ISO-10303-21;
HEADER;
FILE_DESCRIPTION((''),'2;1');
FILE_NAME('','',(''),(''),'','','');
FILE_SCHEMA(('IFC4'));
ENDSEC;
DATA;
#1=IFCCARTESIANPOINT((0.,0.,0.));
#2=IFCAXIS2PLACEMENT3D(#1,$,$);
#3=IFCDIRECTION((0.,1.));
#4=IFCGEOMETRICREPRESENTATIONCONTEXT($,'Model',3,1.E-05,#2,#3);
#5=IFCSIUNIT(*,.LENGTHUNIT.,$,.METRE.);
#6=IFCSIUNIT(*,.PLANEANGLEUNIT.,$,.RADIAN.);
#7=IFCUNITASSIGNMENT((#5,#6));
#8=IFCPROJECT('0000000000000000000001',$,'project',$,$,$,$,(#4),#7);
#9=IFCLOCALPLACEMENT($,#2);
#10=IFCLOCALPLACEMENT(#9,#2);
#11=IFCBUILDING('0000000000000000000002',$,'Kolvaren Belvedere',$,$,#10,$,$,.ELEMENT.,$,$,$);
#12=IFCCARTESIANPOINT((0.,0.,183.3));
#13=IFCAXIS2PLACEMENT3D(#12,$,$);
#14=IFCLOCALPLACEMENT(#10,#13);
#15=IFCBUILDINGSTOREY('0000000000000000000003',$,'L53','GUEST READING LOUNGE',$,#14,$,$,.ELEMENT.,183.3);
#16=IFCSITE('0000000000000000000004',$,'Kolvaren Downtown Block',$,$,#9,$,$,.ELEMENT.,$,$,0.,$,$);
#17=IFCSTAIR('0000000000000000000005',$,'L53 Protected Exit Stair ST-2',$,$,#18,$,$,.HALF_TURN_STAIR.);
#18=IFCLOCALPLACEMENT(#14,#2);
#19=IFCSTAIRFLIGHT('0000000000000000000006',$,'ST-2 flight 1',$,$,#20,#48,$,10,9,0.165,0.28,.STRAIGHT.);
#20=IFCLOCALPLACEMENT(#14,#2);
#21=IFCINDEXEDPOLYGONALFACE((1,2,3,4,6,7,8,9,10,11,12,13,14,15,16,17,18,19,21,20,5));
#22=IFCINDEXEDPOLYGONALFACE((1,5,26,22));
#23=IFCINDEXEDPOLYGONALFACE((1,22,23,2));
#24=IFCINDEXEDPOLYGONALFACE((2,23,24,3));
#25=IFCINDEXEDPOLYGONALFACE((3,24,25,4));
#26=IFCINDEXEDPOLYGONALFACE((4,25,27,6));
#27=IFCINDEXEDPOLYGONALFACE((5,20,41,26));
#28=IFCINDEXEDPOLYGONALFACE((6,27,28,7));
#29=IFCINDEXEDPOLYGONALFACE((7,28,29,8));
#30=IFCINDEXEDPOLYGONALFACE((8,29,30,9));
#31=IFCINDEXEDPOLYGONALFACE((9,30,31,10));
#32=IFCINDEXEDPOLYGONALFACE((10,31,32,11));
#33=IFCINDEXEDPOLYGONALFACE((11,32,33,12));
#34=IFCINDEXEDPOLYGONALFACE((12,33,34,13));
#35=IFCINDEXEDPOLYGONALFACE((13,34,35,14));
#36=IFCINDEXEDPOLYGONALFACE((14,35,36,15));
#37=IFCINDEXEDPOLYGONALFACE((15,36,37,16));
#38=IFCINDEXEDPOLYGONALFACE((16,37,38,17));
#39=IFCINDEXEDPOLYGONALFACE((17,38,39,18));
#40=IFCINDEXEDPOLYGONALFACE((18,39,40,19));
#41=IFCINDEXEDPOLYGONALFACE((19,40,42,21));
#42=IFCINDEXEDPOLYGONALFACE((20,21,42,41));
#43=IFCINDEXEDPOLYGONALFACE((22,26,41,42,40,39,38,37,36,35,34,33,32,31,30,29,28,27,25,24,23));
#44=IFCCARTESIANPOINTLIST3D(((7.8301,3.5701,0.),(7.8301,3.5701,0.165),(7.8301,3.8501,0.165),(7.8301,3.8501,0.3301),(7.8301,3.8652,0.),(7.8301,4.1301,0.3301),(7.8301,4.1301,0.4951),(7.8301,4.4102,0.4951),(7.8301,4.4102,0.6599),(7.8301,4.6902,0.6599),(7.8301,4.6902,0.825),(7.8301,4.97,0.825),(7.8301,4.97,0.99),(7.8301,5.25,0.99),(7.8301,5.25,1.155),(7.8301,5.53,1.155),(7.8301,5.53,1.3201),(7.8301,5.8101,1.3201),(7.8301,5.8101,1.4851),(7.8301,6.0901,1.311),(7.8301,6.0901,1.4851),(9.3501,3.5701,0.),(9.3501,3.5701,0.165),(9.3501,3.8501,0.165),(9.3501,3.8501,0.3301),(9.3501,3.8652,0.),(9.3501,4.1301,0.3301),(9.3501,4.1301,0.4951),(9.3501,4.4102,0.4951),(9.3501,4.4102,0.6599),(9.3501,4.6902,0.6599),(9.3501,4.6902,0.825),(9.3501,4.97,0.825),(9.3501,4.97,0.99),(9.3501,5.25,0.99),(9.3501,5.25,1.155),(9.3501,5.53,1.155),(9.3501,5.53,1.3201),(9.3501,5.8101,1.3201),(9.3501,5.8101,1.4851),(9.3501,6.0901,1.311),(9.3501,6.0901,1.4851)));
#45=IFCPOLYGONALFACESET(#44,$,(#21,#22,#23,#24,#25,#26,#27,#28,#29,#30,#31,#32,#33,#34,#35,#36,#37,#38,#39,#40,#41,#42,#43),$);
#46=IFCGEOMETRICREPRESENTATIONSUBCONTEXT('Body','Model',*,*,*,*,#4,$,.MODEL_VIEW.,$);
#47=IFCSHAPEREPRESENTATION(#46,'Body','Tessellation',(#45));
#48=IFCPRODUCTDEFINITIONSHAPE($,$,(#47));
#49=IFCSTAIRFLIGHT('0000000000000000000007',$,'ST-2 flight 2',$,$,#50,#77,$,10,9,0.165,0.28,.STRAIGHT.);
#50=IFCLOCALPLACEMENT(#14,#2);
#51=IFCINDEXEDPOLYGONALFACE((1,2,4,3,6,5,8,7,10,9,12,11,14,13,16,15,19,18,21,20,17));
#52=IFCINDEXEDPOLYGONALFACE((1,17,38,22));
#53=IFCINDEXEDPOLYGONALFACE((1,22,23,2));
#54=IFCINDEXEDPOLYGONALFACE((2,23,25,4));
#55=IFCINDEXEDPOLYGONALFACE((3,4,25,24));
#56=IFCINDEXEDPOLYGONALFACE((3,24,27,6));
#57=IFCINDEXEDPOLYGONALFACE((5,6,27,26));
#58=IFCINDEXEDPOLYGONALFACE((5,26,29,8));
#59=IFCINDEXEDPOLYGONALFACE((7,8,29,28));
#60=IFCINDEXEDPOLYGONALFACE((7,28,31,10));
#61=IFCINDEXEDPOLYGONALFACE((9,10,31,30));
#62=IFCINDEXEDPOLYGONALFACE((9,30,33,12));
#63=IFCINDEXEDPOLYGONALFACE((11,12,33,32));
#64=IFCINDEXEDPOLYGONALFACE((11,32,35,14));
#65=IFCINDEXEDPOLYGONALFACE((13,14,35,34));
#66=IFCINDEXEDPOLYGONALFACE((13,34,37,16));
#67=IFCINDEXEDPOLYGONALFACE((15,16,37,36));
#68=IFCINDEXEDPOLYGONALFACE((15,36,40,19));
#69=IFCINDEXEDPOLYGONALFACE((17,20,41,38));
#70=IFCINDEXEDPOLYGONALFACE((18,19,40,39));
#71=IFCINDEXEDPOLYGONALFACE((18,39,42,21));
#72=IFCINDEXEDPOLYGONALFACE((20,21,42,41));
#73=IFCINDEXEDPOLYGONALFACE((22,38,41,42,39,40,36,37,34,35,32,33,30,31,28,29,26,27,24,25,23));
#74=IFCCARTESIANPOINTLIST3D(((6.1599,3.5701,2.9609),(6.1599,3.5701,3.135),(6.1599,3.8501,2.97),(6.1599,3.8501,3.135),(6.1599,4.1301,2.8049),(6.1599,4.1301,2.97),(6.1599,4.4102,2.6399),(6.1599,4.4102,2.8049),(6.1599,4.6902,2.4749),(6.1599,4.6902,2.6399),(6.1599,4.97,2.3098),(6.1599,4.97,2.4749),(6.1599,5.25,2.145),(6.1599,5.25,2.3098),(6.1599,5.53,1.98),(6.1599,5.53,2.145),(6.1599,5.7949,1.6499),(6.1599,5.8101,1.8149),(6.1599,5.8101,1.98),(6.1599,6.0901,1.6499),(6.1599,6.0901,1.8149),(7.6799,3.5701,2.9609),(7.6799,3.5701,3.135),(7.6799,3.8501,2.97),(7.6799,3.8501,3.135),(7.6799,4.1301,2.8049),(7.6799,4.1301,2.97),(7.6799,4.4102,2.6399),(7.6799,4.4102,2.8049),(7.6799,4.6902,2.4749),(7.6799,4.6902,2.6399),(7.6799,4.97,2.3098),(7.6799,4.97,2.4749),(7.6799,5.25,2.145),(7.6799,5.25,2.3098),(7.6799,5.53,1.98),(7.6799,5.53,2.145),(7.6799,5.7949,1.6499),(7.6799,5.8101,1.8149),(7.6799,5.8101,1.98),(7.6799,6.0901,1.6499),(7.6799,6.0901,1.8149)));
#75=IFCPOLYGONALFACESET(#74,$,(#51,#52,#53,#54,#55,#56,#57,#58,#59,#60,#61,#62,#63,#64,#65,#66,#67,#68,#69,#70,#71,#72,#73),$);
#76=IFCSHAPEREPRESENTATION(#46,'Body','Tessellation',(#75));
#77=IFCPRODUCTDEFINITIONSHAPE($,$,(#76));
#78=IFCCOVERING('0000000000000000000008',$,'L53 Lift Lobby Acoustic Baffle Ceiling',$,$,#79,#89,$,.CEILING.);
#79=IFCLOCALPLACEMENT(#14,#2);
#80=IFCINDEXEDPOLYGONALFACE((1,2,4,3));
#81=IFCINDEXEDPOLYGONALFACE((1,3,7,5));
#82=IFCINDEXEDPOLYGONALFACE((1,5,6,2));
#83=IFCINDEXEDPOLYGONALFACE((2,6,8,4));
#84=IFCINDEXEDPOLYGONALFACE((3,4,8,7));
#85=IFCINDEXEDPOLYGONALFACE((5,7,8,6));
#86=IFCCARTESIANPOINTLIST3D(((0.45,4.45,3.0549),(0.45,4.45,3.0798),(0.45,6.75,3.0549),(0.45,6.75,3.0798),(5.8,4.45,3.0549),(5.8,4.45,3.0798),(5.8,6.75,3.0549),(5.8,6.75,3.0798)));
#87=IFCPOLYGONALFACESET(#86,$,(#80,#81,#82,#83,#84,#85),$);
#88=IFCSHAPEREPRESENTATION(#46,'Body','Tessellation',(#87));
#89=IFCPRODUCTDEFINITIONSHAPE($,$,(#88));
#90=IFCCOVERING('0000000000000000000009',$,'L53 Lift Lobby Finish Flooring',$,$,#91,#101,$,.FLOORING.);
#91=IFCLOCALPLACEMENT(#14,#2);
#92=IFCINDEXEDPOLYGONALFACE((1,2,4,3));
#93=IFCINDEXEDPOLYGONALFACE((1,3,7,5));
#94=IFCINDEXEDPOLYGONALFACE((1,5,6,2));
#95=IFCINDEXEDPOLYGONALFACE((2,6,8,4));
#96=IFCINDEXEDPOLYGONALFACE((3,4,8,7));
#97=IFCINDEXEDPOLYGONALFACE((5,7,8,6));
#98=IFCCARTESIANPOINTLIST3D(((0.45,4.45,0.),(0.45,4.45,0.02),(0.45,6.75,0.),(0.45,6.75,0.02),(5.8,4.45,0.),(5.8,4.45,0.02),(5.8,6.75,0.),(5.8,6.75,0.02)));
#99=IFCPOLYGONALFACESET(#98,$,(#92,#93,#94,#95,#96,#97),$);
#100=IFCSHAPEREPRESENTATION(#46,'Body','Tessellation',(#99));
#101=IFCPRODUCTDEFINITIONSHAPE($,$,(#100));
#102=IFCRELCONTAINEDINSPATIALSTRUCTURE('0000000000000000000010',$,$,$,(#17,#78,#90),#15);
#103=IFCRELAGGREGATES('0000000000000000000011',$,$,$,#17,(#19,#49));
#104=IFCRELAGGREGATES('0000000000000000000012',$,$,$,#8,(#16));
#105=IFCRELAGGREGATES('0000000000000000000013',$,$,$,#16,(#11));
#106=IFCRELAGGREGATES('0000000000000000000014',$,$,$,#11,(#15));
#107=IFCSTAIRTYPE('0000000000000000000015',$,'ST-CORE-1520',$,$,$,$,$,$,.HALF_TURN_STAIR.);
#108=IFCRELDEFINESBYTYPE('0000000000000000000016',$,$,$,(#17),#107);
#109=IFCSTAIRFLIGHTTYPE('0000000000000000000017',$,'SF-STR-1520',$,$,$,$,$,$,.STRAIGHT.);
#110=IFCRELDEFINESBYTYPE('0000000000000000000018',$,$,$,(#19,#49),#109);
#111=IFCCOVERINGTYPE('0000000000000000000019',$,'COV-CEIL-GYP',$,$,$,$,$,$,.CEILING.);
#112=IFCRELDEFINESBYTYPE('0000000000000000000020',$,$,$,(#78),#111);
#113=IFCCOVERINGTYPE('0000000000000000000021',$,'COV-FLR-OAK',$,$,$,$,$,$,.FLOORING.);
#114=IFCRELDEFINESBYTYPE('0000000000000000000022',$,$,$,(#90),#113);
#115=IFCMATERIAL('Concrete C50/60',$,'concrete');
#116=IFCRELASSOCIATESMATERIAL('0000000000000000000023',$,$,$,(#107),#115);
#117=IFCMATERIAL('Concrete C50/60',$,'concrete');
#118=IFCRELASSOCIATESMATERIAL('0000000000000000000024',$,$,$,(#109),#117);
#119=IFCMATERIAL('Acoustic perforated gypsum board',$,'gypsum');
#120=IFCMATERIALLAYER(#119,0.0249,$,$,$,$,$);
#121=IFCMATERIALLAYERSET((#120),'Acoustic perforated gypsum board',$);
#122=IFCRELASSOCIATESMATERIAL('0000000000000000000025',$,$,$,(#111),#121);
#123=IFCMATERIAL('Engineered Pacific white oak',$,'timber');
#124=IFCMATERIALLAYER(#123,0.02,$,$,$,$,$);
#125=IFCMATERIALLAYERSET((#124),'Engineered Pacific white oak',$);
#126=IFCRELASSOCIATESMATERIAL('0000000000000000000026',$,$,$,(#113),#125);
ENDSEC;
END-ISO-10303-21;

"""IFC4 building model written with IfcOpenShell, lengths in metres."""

from ifc_helpers import new_model, si_unit, direction, frame, origin, place, context, subcontext, project, spatial, polyline, outline, extrude, material, layer, layer_set, type_object, element, aggregate, save


model = new_model("IFC4")

# Units and contexts
model_context = context("Model", 3, precision=1e-05, world=origin(), true_north=direction((0.0, 1.0)))
body_context = subcontext(model_context, "Body", "Model", "MODEL_VIEW")
ifc_project = project(units=[si_unit("LENGTHUNIT", "METRE"), si_unit("PLANEANGLEUNIT", "RADIAN")], contexts=[model_context])

# Site, building, storey
site_placement = place(None, origin())
site = spatial("IfcSite", under=ifc_project, at=site_placement, Name="Kolvaren Downtown Block", CompositionType="ELEMENT", RefElevation=0.0)
building_placement = place(site_placement, origin())
building = spatial("IfcBuilding", under=site, at=building_placement, Name="Kolvaren Belvedere", CompositionType="ELEMENT")
storey_placement = place(building_placement, frame((0.0, 0.0, 183.3)))
storey = spatial("IfcBuildingStorey", under=building, at=storey_placement, Name="L53", Description="GUEST READING LOUNGE", CompositionType="ELEMENT", Elevation=183.3)

# Stair
ifc_material_1 = material(Name="Concrete C50/60", Category="concrete")
stair_type = type_object("IfcStairType", Name="ST-CORE-1520", PredefinedType="HALF_TURN_STAIR", material=ifc_material_1)
stair_1_placement = place(storey_placement, origin())
stair_1 = element("IfcStair", 1, at=stair_1_placement, inside=storey, type_object=stair_type, Name="L53 Protected Exit Stair ST-2", PredefinedType="HALF_TURN_STAIR")

# Stair flights
ifc_material_2 = material(Name="Concrete C50/60", Category="concrete")
stair_flight_type = type_object("IfcStairFlightType", Name="SF-STR-1520", PredefinedType="STRAIGHT", material=ifc_material_2)
stair_flight_1_placement = place(storey_placement, frame((8.5901, 3.5701, 0.0), z_axis=(0.0, 0.0, 1.0), x_axis=(0.0, 1.0, 0.0)))
stair_flight_1 = element("IfcStairFlight", 2, at=stair_flight_1_placement, type_object=stair_flight_type, Name="ST-2 flight 1", NumberOfRisers=10, NumberOfTreads=9, PredefinedType="STRAIGHT", RiserHeight=0.165, TreadLength=0.28, context=body_context, shape_type="SweptSolid", body=[
    extrude(outline(polyline([(0.0, 0.0), (0.0, 0.165), (0.28, 0.165), (0.28, 0.3301), (0.5601, 0.3301), (0.5601, 0.4951), (0.8401, 0.4951), (0.8401, 0.6599), (1.1201, 0.6599), (1.1201, 0.825), (1.3999, 0.825), (1.3999, 0.99), (1.6799, 0.99), (1.6799, 1.155), (1.96, 1.155), (1.96, 1.3201), (2.24, 1.3201), (2.24, 1.4851), (2.52, 1.4851), (2.52, 1.6499), (2.52, 1.311), (0.2952, 0.0), (0.0, 0.0)])), frame((0.0, 0.76, 0.0), z_axis=(0.0, -1.0, 0.0), x_axis=(1.0, 0.0, 0.0)), (0.0, 0.0, 1.0), 1.52),
])
stair_flight_2_placement = place(storey_placement, frame((6.9199, 6.0901, 1.6499), z_axis=(0.0, 0.0, 1.0), x_axis=(0.0, -1.0, 0.0)))
stair_flight_2 = element("IfcStairFlight", 3, at=stair_flight_2_placement, type_object=stair_flight_type, Name="ST-2 flight 2", NumberOfRisers=10, NumberOfTreads=9, PredefinedType="STRAIGHT", RiserHeight=0.165, TreadLength=0.28, context=body_context, shape_type="SweptSolid", body=[
    extrude(outline(polyline([(0.0, 0.0), (0.0, 0.165), (0.28, 0.165), (0.28, 0.3301), (0.5601, 0.3301), (0.5601, 0.4951), (0.8401, 0.4951), (0.8401, 0.6599), (1.1201, 0.6599), (1.1201, 0.825), (1.3999, 0.825), (1.3999, 0.99), (1.6799, 0.99), (1.6799, 1.155), (1.96, 1.155), (1.96, 1.3201), (2.24, 1.3201), (2.24, 1.4851), (2.52, 1.4851), (2.52, 1.6499), (2.52, 1.311), (0.2952, 0.0), (0.0, 0.0)])), frame((0.0, 0.76, 0.0), z_axis=(0.0, -1.0, 0.0), x_axis=(1.0, 0.0, 0.0)), (0.0, 0.0, 1.0), 1.52),
])
aggregate(stair_1, [stair_flight_1, stair_flight_2])

# Coverings
ifc_material_3 = material(Name="Acoustic perforated gypsum board", Category="gypsum")
ifc_layer_1 = layer(ifc_material_3, 0.0249)
ifc_layer_set_1 = layer_set([ifc_layer_1], Name="Acoustic perforated gypsum board")
covering_type_1 = type_object("IfcCoveringType", Name="COV-CEIL-GYP", PredefinedType="CEILING", material=ifc_layer_set_1)
covering_1_placement = place(storey_placement, frame((0.0, 0.0, 3.0549)))
element("IfcCovering", 4, at=covering_1_placement, inside=storey, type_object=covering_type_1, Name="L53 Lift Lobby Acoustic Baffle Ceiling", PredefinedType="CEILING", context=body_context, shape_type="SweptSolid", body=[
    extrude(outline(polyline([(0.45, 4.45), (5.8, 4.45), (5.8, 6.75), (0.45, 6.75), (0.45, 4.45)])), origin(), (0.0, 0.0, 1.0), 0.0249),
])
ifc_material_4 = material(Name="Engineered Pacific white oak", Category="timber")
ifc_layer_2 = layer(ifc_material_4, 0.02)
ifc_layer_set_2 = layer_set([ifc_layer_2], Name="Engineered Pacific white oak")
covering_type_2 = type_object("IfcCoveringType", Name="COV-FLR-OAK", PredefinedType="FLOORING", material=ifc_layer_set_2)
covering_2_placement = place(storey_placement, origin())
element("IfcCovering", 5, at=covering_2_placement, inside=storey, type_object=covering_type_2, Name="L53 Lift Lobby Finish Flooring", PredefinedType="FLOORING", context=body_context, shape_type="SweptSolid", body=[
    extrude(outline(polyline([(0.45, 4.45), (5.8, 4.45), (5.8, 6.75), (0.45, 6.75), (0.45, 4.45)])), origin(), (0.0, 0.0, 1.0), 0.02),
])

save(model, "model.ifc")
